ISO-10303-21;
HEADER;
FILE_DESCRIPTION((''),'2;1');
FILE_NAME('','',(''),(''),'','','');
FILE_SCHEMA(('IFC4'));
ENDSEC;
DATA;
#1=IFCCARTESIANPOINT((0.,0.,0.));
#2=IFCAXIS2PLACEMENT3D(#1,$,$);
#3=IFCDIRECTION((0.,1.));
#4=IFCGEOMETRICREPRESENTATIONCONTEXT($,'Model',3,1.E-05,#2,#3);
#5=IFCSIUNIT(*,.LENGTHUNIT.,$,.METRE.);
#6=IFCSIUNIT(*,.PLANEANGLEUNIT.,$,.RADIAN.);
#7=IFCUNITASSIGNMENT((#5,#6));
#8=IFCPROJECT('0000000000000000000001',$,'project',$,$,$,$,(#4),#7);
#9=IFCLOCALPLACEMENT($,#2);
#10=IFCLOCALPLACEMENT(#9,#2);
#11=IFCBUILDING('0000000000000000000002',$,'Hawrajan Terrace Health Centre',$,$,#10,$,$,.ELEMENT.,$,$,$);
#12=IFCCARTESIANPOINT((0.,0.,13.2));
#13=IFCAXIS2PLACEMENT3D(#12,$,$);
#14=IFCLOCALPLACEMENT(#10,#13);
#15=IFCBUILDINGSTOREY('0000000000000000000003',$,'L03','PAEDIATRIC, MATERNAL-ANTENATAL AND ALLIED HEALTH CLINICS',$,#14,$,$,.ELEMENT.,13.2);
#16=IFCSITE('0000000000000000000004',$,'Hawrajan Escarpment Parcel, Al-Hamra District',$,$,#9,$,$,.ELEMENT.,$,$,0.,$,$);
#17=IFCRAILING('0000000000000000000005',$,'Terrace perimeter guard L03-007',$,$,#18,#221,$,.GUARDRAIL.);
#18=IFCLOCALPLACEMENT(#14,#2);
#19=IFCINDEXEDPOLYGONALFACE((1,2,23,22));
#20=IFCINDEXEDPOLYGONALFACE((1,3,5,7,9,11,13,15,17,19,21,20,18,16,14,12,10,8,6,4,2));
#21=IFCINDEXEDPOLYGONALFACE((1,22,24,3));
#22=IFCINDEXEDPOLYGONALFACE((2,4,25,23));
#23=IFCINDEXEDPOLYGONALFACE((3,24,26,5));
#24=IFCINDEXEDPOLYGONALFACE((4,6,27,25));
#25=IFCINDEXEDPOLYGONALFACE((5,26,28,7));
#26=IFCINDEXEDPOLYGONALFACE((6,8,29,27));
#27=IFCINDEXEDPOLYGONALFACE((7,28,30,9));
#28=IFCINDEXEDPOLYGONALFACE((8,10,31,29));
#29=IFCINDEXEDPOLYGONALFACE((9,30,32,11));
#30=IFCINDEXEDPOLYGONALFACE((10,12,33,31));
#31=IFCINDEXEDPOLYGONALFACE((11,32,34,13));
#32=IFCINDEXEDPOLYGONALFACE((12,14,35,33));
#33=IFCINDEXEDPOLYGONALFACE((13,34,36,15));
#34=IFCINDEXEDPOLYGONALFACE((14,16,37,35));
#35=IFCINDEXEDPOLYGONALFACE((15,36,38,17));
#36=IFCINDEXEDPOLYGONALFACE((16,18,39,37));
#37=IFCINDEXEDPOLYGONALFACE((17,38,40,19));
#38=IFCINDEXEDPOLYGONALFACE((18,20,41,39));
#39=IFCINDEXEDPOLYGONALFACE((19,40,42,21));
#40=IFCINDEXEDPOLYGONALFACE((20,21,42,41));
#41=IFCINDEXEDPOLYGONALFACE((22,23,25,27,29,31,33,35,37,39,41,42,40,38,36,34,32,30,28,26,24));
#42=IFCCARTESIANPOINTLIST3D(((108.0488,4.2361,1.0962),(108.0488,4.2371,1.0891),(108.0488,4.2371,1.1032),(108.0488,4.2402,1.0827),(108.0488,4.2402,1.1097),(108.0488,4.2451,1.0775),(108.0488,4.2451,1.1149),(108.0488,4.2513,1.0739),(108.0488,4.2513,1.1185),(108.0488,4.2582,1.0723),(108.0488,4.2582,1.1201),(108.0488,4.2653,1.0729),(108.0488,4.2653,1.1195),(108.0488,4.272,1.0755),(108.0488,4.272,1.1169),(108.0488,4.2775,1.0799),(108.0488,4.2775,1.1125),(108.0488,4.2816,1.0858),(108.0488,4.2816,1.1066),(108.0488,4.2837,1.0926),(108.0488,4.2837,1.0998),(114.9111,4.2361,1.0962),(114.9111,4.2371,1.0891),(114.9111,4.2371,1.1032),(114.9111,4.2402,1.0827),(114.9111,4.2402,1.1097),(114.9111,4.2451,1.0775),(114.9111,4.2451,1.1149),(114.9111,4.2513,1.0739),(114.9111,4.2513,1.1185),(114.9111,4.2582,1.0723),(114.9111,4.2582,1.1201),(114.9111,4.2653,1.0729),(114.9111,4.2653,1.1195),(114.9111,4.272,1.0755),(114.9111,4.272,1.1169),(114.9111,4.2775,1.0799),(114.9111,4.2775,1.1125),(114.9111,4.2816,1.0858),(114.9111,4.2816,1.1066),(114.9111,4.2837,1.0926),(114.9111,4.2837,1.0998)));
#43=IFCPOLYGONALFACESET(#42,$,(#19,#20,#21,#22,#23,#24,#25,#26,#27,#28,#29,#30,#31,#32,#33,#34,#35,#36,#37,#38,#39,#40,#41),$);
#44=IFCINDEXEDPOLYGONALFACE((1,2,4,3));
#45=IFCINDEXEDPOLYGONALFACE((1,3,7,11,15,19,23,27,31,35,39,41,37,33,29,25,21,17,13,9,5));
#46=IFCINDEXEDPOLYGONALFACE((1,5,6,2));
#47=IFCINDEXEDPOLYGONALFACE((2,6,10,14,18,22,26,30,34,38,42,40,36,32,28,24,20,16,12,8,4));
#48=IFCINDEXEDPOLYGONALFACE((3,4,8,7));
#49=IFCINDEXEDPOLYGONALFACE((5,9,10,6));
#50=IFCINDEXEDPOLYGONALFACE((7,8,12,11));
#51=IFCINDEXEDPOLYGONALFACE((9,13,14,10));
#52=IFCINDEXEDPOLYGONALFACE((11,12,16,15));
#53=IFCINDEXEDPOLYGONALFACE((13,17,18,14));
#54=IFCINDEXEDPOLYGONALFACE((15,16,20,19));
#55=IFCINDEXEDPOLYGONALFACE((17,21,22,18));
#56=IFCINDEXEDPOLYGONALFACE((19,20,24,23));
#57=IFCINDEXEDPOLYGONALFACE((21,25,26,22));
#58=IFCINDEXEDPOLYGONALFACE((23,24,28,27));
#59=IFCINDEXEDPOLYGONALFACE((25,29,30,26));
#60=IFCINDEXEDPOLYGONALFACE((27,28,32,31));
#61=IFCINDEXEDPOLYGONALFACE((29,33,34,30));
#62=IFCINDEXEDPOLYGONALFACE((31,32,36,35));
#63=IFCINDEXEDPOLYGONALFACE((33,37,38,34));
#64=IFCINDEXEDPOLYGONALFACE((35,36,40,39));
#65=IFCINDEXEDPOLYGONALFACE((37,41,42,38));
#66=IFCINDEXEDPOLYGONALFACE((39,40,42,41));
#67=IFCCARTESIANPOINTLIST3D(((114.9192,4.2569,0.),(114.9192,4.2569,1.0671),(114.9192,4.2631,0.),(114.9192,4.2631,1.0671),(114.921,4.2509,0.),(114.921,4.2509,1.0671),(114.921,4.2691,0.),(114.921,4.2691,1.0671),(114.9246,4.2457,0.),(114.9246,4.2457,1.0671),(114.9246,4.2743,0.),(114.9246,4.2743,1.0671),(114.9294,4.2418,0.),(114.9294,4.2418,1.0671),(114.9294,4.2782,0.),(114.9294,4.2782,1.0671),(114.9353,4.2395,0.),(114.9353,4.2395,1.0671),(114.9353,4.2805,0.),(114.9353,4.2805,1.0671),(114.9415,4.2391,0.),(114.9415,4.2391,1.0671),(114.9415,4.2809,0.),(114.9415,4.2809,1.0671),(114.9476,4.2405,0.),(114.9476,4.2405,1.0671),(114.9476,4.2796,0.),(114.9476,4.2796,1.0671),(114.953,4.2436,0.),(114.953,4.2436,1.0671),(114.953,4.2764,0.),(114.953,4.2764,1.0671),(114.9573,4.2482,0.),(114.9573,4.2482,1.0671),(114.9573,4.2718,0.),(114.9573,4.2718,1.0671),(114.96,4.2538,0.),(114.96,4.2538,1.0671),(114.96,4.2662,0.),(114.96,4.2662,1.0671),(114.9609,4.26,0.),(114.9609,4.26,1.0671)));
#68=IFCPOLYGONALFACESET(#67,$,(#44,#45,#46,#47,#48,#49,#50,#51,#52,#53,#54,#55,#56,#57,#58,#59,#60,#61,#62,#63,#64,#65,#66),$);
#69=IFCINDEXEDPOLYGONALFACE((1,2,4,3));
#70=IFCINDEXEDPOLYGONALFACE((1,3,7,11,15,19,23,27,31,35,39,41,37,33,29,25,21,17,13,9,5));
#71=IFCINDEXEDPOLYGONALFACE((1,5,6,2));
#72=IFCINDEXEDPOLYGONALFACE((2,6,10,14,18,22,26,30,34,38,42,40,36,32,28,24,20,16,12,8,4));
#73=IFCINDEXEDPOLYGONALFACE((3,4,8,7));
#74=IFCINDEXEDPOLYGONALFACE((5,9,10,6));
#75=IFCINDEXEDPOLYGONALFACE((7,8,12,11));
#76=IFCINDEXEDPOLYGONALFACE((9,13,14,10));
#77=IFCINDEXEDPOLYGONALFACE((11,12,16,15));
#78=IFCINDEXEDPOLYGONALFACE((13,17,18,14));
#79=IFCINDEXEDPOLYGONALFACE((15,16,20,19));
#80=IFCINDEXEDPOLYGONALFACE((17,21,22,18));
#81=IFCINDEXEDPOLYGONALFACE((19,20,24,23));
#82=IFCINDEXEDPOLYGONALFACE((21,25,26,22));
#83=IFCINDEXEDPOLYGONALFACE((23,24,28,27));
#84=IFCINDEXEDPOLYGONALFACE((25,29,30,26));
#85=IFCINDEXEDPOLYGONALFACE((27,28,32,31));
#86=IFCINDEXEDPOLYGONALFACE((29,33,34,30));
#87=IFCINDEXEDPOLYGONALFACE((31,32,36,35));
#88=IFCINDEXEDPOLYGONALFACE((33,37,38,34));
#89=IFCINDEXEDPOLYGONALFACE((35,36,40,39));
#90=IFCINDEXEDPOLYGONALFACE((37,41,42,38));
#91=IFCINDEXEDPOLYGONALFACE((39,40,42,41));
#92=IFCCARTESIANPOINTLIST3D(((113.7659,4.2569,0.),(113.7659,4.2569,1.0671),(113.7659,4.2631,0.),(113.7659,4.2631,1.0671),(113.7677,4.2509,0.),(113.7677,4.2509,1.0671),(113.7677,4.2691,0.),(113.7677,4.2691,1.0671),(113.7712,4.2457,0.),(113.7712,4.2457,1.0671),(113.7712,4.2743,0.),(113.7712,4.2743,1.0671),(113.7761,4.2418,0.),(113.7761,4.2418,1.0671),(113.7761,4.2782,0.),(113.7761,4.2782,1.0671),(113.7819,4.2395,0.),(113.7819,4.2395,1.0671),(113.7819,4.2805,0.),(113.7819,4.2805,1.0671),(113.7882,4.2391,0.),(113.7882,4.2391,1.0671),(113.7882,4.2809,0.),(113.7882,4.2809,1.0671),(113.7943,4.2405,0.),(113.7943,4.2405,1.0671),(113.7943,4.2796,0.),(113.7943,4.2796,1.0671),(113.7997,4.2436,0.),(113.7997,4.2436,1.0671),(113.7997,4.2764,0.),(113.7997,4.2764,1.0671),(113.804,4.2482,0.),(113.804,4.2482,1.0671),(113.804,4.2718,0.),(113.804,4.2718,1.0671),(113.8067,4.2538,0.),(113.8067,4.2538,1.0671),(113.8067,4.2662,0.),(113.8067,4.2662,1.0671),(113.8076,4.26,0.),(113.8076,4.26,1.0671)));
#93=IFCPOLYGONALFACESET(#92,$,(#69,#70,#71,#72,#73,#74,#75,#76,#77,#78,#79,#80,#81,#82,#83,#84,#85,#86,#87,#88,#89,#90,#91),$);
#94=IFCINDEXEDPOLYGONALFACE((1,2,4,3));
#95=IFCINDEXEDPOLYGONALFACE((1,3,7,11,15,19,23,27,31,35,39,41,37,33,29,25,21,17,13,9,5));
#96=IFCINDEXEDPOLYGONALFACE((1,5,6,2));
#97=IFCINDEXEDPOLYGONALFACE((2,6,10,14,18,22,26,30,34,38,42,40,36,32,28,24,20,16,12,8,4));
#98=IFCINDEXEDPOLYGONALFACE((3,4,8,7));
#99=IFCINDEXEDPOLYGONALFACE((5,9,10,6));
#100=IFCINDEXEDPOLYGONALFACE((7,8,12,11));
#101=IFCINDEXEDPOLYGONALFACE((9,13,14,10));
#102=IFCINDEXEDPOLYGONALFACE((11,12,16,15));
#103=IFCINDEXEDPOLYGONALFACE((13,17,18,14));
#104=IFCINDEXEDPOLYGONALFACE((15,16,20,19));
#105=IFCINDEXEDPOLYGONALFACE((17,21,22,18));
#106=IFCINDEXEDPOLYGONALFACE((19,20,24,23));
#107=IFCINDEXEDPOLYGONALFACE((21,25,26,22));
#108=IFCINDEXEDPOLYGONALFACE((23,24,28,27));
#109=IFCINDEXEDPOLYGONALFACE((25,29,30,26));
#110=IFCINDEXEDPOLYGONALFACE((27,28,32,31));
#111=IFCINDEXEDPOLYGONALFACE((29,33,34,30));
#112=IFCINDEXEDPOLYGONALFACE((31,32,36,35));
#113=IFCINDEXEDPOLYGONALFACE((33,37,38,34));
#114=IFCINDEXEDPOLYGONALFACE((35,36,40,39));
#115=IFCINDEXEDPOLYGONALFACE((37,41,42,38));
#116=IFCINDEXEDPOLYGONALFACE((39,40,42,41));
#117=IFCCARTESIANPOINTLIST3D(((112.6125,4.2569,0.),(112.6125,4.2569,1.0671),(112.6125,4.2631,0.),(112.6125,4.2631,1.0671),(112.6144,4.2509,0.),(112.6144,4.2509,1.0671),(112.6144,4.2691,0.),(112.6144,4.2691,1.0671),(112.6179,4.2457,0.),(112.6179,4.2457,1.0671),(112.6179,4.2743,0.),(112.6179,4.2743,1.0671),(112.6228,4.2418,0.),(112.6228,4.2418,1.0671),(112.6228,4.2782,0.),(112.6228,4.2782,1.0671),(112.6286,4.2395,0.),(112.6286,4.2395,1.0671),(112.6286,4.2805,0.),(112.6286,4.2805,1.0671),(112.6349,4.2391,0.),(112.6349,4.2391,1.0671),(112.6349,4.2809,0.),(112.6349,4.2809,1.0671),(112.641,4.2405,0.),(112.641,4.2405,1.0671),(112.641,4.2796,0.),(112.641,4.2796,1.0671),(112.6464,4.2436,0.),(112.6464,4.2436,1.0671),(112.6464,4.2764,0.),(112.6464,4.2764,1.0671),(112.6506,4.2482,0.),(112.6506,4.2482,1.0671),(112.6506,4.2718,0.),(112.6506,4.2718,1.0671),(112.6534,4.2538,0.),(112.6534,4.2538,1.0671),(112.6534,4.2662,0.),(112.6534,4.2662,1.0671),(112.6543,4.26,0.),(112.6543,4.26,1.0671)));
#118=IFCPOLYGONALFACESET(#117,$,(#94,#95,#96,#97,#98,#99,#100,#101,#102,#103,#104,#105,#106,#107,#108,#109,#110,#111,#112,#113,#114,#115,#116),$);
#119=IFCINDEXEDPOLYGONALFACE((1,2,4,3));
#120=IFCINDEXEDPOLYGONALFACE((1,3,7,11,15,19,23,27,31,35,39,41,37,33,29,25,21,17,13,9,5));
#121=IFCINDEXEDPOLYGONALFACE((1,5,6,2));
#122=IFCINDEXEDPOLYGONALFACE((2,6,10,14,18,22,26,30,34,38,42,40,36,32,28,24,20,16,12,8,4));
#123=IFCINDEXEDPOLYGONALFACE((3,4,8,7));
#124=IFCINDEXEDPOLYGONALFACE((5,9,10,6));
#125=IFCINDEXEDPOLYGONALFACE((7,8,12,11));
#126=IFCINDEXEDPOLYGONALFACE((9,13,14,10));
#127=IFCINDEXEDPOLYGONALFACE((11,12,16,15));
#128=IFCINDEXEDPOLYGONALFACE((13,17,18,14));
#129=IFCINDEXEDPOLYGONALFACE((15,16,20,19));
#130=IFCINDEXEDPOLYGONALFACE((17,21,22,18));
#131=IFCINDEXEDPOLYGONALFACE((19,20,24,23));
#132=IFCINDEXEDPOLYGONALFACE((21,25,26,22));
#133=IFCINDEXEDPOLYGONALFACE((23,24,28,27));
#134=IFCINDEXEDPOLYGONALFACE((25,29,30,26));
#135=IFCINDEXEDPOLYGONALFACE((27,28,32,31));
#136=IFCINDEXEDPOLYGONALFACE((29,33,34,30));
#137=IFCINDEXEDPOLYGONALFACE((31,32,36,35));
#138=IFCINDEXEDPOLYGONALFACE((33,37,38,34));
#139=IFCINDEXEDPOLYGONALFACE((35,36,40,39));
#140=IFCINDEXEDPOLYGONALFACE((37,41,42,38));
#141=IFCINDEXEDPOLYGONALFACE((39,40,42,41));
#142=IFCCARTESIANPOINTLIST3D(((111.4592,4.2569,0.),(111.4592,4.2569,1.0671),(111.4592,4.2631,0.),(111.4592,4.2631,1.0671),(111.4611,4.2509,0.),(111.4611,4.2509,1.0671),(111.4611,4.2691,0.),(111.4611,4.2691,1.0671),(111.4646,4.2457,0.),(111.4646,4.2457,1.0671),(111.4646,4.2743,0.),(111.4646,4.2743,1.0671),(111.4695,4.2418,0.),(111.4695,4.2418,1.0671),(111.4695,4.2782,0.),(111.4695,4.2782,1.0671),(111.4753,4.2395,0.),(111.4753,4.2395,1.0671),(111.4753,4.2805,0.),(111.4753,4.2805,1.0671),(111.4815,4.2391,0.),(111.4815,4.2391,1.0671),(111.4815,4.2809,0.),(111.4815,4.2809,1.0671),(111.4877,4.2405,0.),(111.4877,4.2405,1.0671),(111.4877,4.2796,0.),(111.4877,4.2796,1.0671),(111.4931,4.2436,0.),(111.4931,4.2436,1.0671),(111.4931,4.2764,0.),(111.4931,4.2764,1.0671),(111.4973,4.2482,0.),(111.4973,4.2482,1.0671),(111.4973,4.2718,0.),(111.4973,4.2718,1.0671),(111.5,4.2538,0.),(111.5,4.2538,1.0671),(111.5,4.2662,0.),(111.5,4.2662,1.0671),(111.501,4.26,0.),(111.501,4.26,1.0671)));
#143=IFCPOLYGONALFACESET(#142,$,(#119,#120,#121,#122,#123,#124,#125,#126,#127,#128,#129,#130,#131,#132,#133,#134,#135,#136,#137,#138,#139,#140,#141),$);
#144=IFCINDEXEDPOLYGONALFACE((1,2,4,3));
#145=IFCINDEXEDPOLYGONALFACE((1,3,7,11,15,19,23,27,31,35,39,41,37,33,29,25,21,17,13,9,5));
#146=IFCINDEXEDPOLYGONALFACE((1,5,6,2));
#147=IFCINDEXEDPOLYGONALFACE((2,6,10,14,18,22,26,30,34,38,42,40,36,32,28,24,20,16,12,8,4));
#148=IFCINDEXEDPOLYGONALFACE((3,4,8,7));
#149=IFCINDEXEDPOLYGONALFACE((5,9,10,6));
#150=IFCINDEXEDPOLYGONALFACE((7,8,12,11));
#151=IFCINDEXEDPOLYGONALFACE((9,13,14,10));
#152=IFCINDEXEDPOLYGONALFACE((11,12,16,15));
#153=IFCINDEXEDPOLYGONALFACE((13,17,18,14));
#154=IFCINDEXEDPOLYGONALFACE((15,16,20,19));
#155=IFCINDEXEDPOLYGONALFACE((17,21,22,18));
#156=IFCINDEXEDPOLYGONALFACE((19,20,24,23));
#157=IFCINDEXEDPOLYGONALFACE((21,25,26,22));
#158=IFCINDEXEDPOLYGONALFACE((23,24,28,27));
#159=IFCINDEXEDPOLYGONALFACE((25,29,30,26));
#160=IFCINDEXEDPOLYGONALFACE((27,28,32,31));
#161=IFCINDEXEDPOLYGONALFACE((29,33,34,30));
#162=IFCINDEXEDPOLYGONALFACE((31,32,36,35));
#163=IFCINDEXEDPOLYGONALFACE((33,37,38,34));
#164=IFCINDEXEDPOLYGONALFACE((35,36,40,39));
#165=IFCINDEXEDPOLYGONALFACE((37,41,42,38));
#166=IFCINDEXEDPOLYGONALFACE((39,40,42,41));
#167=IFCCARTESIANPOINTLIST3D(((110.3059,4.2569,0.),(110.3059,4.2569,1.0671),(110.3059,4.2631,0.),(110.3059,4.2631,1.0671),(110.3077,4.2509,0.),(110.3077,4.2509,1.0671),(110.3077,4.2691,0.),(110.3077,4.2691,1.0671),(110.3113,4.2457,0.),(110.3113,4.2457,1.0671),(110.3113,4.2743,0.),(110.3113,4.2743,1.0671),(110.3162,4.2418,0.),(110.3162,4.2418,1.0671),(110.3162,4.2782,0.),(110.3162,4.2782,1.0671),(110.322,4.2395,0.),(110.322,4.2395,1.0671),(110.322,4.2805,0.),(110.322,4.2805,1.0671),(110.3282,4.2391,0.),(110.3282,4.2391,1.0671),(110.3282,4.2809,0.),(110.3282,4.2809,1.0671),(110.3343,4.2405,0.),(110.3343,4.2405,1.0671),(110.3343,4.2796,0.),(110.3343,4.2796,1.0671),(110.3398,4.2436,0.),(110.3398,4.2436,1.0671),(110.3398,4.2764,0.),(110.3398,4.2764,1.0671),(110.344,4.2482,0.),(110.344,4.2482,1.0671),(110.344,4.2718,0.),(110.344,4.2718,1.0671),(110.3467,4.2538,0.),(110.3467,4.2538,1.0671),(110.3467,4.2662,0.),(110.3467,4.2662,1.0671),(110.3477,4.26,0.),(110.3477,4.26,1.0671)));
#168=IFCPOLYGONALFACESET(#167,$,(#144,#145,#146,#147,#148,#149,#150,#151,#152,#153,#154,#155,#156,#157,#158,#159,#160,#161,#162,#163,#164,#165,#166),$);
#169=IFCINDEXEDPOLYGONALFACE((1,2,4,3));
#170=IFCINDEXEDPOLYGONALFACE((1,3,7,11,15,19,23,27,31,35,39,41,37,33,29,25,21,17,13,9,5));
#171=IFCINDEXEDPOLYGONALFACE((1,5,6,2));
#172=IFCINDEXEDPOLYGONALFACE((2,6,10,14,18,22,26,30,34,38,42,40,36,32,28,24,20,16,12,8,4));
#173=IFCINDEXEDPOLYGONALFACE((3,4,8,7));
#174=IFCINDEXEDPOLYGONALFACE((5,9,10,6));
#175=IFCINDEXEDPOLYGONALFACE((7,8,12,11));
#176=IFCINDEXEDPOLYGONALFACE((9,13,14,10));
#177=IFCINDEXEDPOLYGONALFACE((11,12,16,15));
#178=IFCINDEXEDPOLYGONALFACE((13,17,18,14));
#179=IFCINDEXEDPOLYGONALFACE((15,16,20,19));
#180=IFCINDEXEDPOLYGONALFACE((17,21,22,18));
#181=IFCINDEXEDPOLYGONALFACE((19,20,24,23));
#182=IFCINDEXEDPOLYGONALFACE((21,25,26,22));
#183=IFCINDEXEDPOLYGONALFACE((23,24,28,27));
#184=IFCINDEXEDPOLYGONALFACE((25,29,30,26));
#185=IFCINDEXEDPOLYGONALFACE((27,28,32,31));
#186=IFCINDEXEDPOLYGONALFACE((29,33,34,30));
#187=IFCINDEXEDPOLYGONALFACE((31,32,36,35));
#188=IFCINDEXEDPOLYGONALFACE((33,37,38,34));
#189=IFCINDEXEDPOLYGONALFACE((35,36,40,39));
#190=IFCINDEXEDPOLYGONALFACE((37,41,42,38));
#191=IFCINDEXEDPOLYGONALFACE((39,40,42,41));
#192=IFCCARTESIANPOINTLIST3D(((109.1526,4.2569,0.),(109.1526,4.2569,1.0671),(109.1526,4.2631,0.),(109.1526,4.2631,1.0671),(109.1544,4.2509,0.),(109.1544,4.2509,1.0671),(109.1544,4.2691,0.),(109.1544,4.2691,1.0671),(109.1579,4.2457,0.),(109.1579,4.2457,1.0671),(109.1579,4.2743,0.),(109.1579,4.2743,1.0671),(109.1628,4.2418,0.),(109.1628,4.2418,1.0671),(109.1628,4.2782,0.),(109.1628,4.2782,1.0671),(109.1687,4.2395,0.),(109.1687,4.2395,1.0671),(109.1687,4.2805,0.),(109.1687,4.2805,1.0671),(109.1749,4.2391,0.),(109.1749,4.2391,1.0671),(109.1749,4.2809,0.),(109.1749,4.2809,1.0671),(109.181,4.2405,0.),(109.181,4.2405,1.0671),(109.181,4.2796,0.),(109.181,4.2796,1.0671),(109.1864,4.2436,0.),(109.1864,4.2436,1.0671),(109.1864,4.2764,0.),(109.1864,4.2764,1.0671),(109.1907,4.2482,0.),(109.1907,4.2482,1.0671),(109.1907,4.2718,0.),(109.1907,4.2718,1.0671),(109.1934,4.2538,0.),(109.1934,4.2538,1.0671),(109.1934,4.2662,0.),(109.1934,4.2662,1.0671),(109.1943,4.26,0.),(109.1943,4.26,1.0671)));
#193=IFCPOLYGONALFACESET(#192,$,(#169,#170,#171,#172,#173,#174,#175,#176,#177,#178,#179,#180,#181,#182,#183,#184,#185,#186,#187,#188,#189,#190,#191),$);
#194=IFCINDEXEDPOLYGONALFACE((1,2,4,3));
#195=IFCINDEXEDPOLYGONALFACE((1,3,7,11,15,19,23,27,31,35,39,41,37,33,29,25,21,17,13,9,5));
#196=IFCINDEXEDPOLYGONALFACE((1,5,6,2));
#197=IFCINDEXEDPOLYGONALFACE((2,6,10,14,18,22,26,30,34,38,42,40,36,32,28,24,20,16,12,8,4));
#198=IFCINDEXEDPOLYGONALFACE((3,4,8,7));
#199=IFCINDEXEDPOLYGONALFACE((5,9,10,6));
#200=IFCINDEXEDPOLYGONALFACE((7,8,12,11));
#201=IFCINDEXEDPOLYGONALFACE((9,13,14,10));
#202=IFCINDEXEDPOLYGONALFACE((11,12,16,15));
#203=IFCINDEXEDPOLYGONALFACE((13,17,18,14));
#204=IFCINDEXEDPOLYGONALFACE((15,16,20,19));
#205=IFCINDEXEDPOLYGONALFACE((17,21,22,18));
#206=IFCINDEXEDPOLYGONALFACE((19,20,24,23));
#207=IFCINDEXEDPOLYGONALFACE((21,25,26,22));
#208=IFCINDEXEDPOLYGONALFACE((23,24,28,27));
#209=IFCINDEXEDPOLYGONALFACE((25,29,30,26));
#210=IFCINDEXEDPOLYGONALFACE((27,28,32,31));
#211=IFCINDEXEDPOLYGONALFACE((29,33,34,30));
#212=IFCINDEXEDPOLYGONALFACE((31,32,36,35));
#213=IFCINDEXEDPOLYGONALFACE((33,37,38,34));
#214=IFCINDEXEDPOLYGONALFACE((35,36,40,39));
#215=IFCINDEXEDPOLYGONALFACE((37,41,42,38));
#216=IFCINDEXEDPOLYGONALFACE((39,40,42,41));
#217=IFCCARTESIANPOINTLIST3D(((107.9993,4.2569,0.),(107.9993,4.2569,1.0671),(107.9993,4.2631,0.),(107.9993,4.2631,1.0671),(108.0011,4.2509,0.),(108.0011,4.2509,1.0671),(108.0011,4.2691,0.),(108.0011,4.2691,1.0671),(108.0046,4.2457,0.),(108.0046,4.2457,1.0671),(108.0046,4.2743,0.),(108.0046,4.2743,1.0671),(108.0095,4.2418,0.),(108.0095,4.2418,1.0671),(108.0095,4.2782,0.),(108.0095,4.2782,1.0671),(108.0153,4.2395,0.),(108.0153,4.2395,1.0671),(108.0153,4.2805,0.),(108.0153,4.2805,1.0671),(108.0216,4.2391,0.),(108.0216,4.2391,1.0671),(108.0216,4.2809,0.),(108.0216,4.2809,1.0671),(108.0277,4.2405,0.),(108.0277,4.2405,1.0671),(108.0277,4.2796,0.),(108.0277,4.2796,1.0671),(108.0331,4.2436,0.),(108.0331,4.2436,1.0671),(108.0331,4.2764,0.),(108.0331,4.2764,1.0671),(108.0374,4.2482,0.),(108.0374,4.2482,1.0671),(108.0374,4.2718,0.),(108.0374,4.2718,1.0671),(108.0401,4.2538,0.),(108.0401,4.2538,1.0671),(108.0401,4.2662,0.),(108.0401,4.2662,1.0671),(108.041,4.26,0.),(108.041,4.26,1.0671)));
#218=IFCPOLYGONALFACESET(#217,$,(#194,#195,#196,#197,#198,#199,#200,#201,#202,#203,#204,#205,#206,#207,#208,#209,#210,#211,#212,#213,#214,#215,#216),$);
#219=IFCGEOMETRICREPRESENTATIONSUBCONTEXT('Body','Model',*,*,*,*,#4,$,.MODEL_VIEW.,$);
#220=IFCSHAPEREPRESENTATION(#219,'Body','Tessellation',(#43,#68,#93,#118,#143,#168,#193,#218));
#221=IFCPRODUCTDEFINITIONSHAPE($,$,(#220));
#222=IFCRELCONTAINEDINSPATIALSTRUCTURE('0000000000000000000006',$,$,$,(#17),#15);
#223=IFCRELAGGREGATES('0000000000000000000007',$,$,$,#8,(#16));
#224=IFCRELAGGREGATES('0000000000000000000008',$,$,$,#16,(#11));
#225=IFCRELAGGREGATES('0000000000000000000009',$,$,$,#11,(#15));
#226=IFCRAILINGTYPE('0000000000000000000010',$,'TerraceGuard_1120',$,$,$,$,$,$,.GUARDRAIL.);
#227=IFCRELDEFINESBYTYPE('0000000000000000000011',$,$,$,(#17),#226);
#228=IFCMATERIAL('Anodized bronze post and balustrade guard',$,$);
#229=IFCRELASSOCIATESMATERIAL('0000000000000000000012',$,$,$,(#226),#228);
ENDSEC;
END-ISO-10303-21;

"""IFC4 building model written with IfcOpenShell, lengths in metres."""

from ifc_helpers import new_model, si_unit, direction, frame, origin, origin_2d, place, context, subcontext, project, spatial, circle, extrude, material, type_object, element, save


model = new_model("IFC4")

# Units and contexts
model_context = context("Model", 3, precision=1e-05, world=origin(), true_north=direction((0.0, 1.0)))
body_context = subcontext(model_context, "Body", "Model", "MODEL_VIEW")
ifc_project = project(units=[si_unit("LENGTHUNIT", "METRE"), si_unit("PLANEANGLEUNIT", "RADIAN")], contexts=[model_context])

# Site, building, storey
site_placement = place(None, origin())
site = spatial("IfcSite", under=ifc_project, at=site_placement, Name="Hawrajan Escarpment Parcel, Al-Hamra District", CompositionType="ELEMENT", RefElevation=0.0)
building_placement = place(site_placement, origin())
building = spatial("IfcBuilding", under=site, at=building_placement, Name="Hawrajan Terrace Health Centre", CompositionType="ELEMENT")
storey_placement = place(building_placement, frame((0.0, 0.0, 13.2)))
storey = spatial("IfcBuildingStorey", under=building, at=storey_placement, Name="L03", Description="PAEDIATRIC, MATERNAL-ANTENATAL AND ALLIED HEALTH CLINICS", CompositionType="ELEMENT", Elevation=13.2)

# Railing
ifc_material_1 = material(Name="Anodized bronze post and balustrade guard")
railing_type = type_object("IfcRailingType", Name="TerraceGuard_1120", PredefinedType="GUARDRAIL", material=ifc_material_1)
railing_placement = place(storey_placement, frame((114.9399, 4.26, 0.0)))
element("IfcRailing", 1, at=railing_placement, inside=storey, type_object=railing_type, Name="Terrace perimeter guard L03-007", PredefinedType="GUARDRAIL", context=body_context, shape_type="SweptSolid", body=[
    extrude(circle(Radius=0.0239, at=origin_2d()), frame((-0.0288, 0.0, 1.0962), z_axis=(-1.0, 0.0, 0.0), x_axis=(0.0, -1.0, 0.0)), (0.0, 0.0, 1.0), 6.8623),
    extrude(circle(Radius=0.021, at=origin_2d()), origin(), (0.0, 0.0, 1.0), 1.0671),
    extrude(circle(Radius=0.021, at=origin_2d()), frame((-1.1533, 0.0, 0.0)), (0.0, 0.0, 1.0), 1.0671),
    extrude(circle(Radius=0.021, at=origin_2d()), frame((-2.3066, 0.0, 0.0)), (0.0, 0.0, 1.0), 1.0671),
    extrude(circle(Radius=0.021, at=origin_2d()), frame((-3.46, 0.0, 0.0)), (0.0, 0.0, 1.0), 1.0671),
    extrude(circle(Radius=0.021, at=origin_2d()), frame((-4.6133, 0.0, 0.0)), (0.0, 0.0, 1.0), 1.0671),
    extrude(circle(Radius=0.021, at=origin_2d()), frame((-5.7666, 0.0, 0.0)), (0.0, 0.0, 1.0), 1.0671),
    extrude(circle(Radius=0.021, at=origin_2d()), frame((-6.9199, 0.0, 0.0)), (0.0, 0.0, 1.0), 1.0671),
])

save(model, "model.ifc")
